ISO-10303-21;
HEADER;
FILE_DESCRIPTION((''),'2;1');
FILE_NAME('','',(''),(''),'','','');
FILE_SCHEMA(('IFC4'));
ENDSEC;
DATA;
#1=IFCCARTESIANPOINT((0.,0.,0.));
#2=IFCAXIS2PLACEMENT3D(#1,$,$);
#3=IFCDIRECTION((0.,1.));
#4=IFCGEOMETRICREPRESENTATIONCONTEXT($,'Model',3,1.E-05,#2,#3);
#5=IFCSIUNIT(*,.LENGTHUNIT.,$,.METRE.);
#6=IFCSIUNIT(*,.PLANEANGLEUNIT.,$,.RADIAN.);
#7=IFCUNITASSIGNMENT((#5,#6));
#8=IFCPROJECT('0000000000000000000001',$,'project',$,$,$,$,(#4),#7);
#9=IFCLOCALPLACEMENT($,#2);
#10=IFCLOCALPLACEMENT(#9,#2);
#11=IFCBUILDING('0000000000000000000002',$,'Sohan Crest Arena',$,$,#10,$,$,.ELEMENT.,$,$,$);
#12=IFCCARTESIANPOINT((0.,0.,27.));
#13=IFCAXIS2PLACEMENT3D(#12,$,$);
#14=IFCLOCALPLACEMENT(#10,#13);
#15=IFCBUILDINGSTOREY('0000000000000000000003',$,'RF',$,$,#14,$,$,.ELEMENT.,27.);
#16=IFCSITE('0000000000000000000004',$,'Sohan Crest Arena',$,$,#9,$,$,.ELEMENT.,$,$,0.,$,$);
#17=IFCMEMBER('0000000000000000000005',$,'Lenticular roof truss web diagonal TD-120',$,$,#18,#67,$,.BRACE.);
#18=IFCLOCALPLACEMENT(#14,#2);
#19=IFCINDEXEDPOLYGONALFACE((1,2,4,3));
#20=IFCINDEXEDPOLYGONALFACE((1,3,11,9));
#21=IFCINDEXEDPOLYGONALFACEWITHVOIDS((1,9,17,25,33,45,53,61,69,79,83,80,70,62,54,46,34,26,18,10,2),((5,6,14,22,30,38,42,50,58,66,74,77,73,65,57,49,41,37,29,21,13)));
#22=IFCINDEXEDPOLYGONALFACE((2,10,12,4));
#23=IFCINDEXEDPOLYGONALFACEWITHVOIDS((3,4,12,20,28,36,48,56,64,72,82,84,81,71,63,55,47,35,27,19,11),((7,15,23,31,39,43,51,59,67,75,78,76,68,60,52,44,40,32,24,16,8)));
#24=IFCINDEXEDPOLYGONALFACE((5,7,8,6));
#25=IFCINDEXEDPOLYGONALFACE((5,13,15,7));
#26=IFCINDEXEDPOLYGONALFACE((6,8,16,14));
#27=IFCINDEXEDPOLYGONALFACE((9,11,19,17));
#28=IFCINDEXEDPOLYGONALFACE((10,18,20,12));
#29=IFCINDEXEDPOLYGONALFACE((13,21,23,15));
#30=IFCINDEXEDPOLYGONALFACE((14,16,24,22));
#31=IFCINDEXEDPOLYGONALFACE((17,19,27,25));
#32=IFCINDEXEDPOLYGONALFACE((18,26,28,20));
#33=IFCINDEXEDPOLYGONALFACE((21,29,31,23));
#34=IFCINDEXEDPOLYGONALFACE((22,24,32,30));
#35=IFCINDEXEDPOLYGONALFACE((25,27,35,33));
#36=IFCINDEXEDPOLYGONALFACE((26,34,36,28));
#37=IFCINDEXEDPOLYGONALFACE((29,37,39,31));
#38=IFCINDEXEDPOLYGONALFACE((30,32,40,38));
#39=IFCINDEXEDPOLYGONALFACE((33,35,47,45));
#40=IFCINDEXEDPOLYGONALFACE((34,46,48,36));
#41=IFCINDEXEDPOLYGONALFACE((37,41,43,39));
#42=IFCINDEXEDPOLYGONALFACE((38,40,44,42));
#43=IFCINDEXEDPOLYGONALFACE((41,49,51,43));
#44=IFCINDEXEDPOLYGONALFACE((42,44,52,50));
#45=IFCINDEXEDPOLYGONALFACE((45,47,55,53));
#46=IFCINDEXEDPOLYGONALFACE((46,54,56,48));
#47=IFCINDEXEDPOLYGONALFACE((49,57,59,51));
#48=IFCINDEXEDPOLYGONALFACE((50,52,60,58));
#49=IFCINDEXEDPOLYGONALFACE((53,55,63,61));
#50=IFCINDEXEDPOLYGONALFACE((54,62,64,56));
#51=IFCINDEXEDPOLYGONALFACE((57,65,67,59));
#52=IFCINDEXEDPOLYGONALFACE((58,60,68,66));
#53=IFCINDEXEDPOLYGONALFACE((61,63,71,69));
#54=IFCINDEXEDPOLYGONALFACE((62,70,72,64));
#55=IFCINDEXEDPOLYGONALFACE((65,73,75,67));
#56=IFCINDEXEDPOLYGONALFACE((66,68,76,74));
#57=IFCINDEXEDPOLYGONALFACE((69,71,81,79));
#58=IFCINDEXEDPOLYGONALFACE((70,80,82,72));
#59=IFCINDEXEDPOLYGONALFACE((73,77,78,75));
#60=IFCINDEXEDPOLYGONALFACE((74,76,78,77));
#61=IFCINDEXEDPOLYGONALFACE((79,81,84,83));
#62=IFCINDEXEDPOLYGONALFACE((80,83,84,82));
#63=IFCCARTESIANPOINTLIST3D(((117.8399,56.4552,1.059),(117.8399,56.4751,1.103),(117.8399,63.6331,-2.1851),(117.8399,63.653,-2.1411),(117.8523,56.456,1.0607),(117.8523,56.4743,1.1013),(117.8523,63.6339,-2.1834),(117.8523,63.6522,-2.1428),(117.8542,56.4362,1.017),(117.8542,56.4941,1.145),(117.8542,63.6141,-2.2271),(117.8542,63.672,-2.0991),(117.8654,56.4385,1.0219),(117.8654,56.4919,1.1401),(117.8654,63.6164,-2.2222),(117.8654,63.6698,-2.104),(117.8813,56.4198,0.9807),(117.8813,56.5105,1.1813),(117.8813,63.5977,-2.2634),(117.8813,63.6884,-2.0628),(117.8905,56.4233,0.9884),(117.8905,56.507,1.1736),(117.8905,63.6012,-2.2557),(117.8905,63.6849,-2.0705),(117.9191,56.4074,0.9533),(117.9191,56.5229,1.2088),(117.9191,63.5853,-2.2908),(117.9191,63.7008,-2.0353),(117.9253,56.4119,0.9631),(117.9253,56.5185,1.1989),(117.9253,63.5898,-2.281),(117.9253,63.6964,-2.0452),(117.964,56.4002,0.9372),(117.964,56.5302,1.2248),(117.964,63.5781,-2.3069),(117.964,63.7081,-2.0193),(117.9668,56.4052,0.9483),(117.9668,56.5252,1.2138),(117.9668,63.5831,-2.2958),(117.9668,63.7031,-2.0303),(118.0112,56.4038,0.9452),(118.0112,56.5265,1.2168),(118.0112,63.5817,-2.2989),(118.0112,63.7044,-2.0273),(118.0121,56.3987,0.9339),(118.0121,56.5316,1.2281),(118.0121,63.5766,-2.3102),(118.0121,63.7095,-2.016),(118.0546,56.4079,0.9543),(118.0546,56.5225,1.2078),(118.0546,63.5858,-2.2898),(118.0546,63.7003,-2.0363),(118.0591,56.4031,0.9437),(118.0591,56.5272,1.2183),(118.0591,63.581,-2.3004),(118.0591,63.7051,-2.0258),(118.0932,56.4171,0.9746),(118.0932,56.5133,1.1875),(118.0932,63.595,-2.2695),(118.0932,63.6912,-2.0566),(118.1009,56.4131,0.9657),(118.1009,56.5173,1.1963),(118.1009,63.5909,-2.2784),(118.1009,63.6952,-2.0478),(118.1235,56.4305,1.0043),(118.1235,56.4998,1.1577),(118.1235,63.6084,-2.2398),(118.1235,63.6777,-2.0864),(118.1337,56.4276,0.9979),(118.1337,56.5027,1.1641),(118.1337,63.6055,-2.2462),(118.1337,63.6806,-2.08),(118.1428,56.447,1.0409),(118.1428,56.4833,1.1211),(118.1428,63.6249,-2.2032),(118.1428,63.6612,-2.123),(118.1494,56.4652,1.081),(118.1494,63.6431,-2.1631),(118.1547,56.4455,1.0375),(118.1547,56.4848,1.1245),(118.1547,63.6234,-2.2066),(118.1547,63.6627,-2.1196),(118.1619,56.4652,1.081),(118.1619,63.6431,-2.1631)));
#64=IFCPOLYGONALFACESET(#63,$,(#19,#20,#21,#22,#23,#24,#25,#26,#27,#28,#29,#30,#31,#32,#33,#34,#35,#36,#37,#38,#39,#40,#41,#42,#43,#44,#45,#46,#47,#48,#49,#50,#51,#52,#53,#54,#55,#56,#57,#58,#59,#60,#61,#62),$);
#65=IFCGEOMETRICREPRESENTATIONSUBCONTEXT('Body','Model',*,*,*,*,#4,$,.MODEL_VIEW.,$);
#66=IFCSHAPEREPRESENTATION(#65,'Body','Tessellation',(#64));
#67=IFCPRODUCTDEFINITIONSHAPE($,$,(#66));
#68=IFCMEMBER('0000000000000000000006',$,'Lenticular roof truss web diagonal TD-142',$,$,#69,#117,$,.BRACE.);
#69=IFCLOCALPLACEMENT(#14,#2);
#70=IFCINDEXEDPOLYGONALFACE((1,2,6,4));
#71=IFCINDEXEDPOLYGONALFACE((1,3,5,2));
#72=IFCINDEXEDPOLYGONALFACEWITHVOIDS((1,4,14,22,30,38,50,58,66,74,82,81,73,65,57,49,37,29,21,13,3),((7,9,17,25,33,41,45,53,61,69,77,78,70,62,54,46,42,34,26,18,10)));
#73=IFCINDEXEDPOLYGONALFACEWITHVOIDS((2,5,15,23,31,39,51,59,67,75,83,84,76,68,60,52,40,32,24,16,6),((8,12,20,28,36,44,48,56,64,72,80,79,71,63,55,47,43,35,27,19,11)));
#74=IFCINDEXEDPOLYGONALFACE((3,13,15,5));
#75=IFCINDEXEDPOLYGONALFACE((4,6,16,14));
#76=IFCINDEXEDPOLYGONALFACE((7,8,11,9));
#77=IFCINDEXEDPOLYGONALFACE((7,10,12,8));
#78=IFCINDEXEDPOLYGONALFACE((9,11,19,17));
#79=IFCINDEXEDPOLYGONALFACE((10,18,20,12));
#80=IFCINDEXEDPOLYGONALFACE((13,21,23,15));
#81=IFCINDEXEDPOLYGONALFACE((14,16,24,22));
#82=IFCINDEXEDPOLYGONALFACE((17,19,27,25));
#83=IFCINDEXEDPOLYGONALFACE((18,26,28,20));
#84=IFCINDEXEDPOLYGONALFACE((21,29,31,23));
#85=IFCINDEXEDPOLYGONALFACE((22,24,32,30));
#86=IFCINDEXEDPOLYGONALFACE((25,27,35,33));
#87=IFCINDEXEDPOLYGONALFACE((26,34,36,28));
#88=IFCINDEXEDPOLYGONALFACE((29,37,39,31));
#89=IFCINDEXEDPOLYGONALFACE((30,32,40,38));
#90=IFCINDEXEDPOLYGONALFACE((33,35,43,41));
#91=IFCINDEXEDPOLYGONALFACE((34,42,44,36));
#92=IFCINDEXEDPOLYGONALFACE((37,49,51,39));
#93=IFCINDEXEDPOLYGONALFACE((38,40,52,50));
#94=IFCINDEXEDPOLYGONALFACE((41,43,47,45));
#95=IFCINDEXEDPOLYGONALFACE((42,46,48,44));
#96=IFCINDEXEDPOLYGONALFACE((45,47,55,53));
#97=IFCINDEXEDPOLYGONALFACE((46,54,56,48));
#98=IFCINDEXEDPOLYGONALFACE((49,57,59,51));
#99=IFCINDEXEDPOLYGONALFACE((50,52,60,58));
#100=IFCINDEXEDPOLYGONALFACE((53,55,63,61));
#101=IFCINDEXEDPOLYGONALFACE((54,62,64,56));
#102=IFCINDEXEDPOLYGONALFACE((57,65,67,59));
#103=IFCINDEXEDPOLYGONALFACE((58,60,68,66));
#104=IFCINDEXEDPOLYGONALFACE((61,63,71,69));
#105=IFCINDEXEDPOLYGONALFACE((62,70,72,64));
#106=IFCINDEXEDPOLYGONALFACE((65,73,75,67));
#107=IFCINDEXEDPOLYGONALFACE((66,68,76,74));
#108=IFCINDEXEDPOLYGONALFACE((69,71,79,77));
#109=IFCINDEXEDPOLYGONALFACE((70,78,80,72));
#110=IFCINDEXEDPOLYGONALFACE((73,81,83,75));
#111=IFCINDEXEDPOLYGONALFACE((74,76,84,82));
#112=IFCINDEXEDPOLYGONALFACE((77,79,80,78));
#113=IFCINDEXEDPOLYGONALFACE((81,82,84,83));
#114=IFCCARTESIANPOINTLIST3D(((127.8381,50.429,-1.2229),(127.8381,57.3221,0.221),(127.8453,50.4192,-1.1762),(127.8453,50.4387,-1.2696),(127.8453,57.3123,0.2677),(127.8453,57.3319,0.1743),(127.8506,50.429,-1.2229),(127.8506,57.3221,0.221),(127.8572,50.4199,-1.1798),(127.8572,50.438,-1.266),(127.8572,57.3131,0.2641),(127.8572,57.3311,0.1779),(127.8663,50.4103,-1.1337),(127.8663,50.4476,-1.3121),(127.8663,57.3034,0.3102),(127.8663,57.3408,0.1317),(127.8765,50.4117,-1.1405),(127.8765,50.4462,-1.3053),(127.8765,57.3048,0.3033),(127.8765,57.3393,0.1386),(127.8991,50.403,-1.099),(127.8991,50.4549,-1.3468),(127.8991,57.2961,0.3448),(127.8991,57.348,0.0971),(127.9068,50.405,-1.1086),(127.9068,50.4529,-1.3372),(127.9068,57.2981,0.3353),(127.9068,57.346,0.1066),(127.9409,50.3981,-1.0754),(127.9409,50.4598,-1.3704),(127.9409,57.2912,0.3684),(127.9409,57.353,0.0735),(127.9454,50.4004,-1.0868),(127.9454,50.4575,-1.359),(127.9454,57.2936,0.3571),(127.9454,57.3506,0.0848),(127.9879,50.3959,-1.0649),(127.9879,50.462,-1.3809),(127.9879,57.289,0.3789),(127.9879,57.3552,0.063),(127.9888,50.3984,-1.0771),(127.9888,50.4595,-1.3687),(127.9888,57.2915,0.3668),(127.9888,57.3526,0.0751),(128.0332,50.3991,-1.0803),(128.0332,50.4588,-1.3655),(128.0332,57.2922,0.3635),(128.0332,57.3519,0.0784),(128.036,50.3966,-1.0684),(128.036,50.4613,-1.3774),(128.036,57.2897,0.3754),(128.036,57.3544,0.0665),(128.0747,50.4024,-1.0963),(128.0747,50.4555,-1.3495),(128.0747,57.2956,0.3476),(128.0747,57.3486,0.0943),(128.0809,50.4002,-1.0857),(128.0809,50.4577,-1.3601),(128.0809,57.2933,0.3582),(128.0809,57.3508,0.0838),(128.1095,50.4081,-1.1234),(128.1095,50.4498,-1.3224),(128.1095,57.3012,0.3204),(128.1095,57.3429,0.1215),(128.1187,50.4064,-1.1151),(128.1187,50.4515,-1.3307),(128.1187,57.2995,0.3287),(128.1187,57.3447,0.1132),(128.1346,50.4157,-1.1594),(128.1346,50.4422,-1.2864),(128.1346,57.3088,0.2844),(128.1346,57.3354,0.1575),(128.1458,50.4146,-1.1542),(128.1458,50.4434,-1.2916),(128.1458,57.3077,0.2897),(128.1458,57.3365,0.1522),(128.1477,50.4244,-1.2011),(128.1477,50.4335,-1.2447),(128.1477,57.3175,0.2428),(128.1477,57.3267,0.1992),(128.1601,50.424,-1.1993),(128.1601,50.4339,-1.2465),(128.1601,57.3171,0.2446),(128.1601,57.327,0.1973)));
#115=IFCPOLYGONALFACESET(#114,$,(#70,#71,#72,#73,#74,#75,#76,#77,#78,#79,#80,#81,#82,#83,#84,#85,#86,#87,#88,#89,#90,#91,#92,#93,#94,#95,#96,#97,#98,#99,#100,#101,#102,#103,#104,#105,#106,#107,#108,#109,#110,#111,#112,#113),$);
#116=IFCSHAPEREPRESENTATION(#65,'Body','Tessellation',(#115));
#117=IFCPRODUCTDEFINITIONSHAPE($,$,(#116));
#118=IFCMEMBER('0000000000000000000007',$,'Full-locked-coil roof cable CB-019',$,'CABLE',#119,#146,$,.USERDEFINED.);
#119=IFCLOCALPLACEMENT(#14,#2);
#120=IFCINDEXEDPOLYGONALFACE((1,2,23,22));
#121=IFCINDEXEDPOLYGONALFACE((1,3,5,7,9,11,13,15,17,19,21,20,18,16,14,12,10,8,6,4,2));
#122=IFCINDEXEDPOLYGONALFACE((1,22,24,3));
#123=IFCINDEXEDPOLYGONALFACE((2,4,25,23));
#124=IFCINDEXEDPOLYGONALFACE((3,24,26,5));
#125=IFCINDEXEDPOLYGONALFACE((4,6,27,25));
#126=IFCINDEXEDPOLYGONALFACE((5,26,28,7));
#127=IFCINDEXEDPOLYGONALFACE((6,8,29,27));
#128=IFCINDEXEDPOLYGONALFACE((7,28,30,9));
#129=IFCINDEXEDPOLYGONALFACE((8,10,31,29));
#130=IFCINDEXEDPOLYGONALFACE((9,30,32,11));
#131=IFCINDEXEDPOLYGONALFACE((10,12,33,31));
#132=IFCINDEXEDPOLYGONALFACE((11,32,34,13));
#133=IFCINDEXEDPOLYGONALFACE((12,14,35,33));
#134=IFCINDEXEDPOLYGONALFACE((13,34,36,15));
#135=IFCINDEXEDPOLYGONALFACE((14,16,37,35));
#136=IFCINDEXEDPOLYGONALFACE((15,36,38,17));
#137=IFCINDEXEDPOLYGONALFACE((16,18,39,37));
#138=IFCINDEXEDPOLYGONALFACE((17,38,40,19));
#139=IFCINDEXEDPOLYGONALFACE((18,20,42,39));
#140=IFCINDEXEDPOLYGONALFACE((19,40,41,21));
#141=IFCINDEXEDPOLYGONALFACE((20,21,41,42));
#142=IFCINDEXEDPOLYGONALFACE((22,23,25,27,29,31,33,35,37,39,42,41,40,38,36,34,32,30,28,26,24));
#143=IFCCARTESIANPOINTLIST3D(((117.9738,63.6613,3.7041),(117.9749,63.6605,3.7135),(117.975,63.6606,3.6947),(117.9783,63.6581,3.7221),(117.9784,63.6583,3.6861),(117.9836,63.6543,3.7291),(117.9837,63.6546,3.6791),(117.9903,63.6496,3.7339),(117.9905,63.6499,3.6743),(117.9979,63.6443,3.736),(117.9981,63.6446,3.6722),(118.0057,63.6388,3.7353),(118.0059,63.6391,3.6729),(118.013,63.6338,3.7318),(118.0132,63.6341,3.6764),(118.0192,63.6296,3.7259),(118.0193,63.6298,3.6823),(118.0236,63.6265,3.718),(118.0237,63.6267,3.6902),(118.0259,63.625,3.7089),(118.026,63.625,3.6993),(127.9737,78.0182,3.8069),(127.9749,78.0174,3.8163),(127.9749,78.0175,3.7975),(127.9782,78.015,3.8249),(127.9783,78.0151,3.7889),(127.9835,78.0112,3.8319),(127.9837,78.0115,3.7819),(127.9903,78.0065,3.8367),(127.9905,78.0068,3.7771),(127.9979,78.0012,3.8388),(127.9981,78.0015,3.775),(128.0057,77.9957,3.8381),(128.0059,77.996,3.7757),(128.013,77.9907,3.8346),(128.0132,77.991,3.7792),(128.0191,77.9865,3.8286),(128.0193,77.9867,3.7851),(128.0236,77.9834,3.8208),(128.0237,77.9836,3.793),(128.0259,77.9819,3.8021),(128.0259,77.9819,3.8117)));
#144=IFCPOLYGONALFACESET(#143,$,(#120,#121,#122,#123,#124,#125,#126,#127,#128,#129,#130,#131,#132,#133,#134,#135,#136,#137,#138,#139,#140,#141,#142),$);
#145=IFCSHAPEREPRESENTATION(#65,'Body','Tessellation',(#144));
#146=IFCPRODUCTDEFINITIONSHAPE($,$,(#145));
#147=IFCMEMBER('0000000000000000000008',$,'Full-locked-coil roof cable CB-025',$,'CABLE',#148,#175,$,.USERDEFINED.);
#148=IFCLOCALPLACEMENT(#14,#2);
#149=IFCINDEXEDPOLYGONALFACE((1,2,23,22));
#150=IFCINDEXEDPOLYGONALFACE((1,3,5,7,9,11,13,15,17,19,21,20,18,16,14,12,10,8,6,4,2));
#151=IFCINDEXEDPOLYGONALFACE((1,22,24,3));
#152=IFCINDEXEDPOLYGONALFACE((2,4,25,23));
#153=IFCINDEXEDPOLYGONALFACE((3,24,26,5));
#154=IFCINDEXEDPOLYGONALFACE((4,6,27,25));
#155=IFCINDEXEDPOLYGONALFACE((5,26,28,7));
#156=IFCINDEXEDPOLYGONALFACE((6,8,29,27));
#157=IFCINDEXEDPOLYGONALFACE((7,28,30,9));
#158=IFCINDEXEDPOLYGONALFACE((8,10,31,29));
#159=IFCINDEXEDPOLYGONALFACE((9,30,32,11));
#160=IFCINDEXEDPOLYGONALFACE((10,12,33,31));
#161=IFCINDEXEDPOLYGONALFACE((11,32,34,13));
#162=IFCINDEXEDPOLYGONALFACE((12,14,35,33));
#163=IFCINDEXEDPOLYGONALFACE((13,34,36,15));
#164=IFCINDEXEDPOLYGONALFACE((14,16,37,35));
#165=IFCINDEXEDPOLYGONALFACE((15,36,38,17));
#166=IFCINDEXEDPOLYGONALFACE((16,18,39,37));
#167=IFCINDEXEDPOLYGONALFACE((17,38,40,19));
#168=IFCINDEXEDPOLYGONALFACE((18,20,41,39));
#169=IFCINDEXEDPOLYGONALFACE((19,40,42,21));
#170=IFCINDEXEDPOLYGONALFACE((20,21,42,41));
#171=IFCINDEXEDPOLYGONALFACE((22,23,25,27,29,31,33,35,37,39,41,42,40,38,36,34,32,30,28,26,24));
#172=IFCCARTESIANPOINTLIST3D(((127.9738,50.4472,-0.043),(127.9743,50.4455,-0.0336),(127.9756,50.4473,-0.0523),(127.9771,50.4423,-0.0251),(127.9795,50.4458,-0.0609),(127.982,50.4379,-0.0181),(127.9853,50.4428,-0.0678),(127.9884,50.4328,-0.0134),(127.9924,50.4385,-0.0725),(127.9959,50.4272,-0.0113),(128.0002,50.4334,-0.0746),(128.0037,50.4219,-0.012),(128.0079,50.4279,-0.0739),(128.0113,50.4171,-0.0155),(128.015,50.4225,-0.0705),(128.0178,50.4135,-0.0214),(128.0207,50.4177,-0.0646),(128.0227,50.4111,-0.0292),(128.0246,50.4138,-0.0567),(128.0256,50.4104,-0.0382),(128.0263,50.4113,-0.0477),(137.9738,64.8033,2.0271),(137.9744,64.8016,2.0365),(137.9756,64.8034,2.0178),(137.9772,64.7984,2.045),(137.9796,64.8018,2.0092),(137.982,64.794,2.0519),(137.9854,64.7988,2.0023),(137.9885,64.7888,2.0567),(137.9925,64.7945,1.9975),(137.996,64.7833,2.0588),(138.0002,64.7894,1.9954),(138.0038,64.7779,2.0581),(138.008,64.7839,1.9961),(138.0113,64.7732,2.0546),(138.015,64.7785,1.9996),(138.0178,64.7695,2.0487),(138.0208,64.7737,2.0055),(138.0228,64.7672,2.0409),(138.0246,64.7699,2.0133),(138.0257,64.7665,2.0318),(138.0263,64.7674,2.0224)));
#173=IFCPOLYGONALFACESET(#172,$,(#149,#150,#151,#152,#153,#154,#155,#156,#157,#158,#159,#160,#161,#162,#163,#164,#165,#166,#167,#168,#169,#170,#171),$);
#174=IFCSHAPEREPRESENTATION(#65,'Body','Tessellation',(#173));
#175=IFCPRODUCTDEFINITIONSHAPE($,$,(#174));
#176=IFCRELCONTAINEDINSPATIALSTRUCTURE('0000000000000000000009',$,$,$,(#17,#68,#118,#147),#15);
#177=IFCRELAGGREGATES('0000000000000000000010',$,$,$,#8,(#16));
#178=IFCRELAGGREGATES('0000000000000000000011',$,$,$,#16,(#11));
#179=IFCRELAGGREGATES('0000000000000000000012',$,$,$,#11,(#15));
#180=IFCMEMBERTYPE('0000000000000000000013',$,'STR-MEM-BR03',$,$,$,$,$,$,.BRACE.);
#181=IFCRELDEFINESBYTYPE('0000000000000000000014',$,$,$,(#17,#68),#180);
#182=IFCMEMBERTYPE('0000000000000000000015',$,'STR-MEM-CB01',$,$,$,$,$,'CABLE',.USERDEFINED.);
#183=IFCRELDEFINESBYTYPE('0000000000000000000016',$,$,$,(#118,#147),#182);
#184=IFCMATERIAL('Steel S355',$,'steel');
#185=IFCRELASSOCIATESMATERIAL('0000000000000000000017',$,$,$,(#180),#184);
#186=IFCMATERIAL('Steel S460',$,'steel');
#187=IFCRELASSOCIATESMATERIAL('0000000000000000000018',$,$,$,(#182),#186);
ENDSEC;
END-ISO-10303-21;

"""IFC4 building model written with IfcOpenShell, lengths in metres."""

from ifc_helpers import new_model, si_unit, direction, frame, origin, origin_2d, place, context, subcontext, project, spatial, circle, hollow_circle, extrude, material, material_profile, profile_set, type_object, element, save


model = new_model("IFC4")

# Units and contexts
model_context = context("Model", 3, precision=1e-05, world=origin(), true_north=direction((0.0, 1.0)))
body_context = subcontext(model_context, "Body", "Model", "MODEL_VIEW")
ifc_project = project(units=[si_unit("LENGTHUNIT", "METRE"), si_unit("PLANEANGLEUNIT", "RADIAN")], contexts=[model_context])

# Site, building, storey
site_placement = place(None, origin())
site = spatial("IfcSite", under=ifc_project, at=site_placement, Name="Sohan Crest Arena", CompositionType="ELEMENT", RefElevation=0.0)
building_placement = place(site_placement, origin())
building = spatial("IfcBuilding", under=site, at=building_placement, Name="Sohan Crest Arena", CompositionType="ELEMENT")
storey_placement = place(building_placement, frame((0.0, 0.0, 27.0)))
storey = spatial("IfcBuildingStorey", under=building, at=storey_placement, Name="RF", CompositionType="ELEMENT", Elevation=27.0)

# Shared definitions
ifc_material_1 = material(Name="Steel S355", Category="steel")

# Members
ifc_material_profile_1 = material_profile(ifc_material_1, hollow_circle(Radius=0.1619, WallThickness=0.0125, at=origin_2d()), Name="CHS 323.9x12.5")
ifc_profile_set_1 = profile_set([ifc_material_profile_1], Name="Steel S355")
member_type_1 = type_object("IfcMemberType", Name="STR-MEM-BR03", PredefinedType="BRACE", material=ifc_profile_set_1)
member_1_placement = place(storey_placement, frame((118.0, 63.6431, -2.1631), z_axis=(0.0, -0.911253, 0.411847), x_axis=(1.0, 0.0, 0.0)))
element("IfcMember", 1, at=member_1_placement, inside=storey, type_object=member_type_1, Name="Lenticular roof truss web diagonal TD-120", PredefinedType="BRACE", context=body_context, shape_type="SweptSolid", body=[
    extrude(hollow_circle(Radius=0.1619, WallThickness=0.0125, at=origin_2d()), origin(), (0.0, 0.0, 1.0), 7.877),
])
member_2_placement = place(storey_placement, frame((128.0, 50.429, -1.2229), z_axis=(0.0, 0.978759, 0.205015), x_axis=(-1.0, 0.0, 0.0)))
element("IfcMember", 2, at=member_2_placement, inside=storey, type_object=member_type_1, Name="Lenticular roof truss web diagonal TD-142", PredefinedType="BRACE", context=body_context, shape_type="SweptSolid", body=[
    extrude(hollow_circle(Radius=0.1619, WallThickness=0.0125, at=origin_2d()), origin(), (0.0, 0.0, 1.0), 7.0427),
])
ifc_material_2 = material(Name="Steel S460", Category="steel")
ifc_material_profile_2 = material_profile(ifc_material_2, circle(Radius=0.032, at=origin_2d()), Name="FLC D64")
ifc_profile_set_2 = profile_set([ifc_material_profile_2], Name="Steel S460")
member_type_2 = type_object("IfcMemberType", Name="STR-MEM-CB01", ElementType="CABLE", PredefinedType="USERDEFINED", material=ifc_profile_set_2)
member_3_placement = place(storey_placement, frame((118.0, 63.6431, 3.7041), z_axis=(0.571539, 0.820554, 0.005874), x_axis=(-0.820568, 0.571548, 0.0)))
element("IfcMember", 3, at=member_3_placement, inside=storey, type_object=member_type_2, Name="Full-locked-coil roof cable CB-019", ObjectType="CABLE", PredefinedType="USERDEFINED", context=body_context, shape_type="SweptSolid", body=[
    extrude(circle(Radius=0.032, at=origin_2d()), origin(), (0.0, 0.0, 1.0), 17.4966),
])
member_4_placement = place(storey_placement, frame((128.0, 50.429, -0.043), z_axis=(0.567615, 0.814866, 0.1175), x_axis=(-0.82055, 0.571575, 0.0)))
element("IfcMember", 4, at=member_4_placement, inside=storey, type_object=member_type_2, Name="Full-locked-coil roof cable CB-025", ObjectType="CABLE", PredefinedType="USERDEFINED", context=body_context, shape_type="SweptSolid", body=[
    extrude(circle(Radius=0.032, at=origin_2d()), origin(), (0.0, 0.0, 1.0), 17.6177),
])

save(model, "model.ifc")
